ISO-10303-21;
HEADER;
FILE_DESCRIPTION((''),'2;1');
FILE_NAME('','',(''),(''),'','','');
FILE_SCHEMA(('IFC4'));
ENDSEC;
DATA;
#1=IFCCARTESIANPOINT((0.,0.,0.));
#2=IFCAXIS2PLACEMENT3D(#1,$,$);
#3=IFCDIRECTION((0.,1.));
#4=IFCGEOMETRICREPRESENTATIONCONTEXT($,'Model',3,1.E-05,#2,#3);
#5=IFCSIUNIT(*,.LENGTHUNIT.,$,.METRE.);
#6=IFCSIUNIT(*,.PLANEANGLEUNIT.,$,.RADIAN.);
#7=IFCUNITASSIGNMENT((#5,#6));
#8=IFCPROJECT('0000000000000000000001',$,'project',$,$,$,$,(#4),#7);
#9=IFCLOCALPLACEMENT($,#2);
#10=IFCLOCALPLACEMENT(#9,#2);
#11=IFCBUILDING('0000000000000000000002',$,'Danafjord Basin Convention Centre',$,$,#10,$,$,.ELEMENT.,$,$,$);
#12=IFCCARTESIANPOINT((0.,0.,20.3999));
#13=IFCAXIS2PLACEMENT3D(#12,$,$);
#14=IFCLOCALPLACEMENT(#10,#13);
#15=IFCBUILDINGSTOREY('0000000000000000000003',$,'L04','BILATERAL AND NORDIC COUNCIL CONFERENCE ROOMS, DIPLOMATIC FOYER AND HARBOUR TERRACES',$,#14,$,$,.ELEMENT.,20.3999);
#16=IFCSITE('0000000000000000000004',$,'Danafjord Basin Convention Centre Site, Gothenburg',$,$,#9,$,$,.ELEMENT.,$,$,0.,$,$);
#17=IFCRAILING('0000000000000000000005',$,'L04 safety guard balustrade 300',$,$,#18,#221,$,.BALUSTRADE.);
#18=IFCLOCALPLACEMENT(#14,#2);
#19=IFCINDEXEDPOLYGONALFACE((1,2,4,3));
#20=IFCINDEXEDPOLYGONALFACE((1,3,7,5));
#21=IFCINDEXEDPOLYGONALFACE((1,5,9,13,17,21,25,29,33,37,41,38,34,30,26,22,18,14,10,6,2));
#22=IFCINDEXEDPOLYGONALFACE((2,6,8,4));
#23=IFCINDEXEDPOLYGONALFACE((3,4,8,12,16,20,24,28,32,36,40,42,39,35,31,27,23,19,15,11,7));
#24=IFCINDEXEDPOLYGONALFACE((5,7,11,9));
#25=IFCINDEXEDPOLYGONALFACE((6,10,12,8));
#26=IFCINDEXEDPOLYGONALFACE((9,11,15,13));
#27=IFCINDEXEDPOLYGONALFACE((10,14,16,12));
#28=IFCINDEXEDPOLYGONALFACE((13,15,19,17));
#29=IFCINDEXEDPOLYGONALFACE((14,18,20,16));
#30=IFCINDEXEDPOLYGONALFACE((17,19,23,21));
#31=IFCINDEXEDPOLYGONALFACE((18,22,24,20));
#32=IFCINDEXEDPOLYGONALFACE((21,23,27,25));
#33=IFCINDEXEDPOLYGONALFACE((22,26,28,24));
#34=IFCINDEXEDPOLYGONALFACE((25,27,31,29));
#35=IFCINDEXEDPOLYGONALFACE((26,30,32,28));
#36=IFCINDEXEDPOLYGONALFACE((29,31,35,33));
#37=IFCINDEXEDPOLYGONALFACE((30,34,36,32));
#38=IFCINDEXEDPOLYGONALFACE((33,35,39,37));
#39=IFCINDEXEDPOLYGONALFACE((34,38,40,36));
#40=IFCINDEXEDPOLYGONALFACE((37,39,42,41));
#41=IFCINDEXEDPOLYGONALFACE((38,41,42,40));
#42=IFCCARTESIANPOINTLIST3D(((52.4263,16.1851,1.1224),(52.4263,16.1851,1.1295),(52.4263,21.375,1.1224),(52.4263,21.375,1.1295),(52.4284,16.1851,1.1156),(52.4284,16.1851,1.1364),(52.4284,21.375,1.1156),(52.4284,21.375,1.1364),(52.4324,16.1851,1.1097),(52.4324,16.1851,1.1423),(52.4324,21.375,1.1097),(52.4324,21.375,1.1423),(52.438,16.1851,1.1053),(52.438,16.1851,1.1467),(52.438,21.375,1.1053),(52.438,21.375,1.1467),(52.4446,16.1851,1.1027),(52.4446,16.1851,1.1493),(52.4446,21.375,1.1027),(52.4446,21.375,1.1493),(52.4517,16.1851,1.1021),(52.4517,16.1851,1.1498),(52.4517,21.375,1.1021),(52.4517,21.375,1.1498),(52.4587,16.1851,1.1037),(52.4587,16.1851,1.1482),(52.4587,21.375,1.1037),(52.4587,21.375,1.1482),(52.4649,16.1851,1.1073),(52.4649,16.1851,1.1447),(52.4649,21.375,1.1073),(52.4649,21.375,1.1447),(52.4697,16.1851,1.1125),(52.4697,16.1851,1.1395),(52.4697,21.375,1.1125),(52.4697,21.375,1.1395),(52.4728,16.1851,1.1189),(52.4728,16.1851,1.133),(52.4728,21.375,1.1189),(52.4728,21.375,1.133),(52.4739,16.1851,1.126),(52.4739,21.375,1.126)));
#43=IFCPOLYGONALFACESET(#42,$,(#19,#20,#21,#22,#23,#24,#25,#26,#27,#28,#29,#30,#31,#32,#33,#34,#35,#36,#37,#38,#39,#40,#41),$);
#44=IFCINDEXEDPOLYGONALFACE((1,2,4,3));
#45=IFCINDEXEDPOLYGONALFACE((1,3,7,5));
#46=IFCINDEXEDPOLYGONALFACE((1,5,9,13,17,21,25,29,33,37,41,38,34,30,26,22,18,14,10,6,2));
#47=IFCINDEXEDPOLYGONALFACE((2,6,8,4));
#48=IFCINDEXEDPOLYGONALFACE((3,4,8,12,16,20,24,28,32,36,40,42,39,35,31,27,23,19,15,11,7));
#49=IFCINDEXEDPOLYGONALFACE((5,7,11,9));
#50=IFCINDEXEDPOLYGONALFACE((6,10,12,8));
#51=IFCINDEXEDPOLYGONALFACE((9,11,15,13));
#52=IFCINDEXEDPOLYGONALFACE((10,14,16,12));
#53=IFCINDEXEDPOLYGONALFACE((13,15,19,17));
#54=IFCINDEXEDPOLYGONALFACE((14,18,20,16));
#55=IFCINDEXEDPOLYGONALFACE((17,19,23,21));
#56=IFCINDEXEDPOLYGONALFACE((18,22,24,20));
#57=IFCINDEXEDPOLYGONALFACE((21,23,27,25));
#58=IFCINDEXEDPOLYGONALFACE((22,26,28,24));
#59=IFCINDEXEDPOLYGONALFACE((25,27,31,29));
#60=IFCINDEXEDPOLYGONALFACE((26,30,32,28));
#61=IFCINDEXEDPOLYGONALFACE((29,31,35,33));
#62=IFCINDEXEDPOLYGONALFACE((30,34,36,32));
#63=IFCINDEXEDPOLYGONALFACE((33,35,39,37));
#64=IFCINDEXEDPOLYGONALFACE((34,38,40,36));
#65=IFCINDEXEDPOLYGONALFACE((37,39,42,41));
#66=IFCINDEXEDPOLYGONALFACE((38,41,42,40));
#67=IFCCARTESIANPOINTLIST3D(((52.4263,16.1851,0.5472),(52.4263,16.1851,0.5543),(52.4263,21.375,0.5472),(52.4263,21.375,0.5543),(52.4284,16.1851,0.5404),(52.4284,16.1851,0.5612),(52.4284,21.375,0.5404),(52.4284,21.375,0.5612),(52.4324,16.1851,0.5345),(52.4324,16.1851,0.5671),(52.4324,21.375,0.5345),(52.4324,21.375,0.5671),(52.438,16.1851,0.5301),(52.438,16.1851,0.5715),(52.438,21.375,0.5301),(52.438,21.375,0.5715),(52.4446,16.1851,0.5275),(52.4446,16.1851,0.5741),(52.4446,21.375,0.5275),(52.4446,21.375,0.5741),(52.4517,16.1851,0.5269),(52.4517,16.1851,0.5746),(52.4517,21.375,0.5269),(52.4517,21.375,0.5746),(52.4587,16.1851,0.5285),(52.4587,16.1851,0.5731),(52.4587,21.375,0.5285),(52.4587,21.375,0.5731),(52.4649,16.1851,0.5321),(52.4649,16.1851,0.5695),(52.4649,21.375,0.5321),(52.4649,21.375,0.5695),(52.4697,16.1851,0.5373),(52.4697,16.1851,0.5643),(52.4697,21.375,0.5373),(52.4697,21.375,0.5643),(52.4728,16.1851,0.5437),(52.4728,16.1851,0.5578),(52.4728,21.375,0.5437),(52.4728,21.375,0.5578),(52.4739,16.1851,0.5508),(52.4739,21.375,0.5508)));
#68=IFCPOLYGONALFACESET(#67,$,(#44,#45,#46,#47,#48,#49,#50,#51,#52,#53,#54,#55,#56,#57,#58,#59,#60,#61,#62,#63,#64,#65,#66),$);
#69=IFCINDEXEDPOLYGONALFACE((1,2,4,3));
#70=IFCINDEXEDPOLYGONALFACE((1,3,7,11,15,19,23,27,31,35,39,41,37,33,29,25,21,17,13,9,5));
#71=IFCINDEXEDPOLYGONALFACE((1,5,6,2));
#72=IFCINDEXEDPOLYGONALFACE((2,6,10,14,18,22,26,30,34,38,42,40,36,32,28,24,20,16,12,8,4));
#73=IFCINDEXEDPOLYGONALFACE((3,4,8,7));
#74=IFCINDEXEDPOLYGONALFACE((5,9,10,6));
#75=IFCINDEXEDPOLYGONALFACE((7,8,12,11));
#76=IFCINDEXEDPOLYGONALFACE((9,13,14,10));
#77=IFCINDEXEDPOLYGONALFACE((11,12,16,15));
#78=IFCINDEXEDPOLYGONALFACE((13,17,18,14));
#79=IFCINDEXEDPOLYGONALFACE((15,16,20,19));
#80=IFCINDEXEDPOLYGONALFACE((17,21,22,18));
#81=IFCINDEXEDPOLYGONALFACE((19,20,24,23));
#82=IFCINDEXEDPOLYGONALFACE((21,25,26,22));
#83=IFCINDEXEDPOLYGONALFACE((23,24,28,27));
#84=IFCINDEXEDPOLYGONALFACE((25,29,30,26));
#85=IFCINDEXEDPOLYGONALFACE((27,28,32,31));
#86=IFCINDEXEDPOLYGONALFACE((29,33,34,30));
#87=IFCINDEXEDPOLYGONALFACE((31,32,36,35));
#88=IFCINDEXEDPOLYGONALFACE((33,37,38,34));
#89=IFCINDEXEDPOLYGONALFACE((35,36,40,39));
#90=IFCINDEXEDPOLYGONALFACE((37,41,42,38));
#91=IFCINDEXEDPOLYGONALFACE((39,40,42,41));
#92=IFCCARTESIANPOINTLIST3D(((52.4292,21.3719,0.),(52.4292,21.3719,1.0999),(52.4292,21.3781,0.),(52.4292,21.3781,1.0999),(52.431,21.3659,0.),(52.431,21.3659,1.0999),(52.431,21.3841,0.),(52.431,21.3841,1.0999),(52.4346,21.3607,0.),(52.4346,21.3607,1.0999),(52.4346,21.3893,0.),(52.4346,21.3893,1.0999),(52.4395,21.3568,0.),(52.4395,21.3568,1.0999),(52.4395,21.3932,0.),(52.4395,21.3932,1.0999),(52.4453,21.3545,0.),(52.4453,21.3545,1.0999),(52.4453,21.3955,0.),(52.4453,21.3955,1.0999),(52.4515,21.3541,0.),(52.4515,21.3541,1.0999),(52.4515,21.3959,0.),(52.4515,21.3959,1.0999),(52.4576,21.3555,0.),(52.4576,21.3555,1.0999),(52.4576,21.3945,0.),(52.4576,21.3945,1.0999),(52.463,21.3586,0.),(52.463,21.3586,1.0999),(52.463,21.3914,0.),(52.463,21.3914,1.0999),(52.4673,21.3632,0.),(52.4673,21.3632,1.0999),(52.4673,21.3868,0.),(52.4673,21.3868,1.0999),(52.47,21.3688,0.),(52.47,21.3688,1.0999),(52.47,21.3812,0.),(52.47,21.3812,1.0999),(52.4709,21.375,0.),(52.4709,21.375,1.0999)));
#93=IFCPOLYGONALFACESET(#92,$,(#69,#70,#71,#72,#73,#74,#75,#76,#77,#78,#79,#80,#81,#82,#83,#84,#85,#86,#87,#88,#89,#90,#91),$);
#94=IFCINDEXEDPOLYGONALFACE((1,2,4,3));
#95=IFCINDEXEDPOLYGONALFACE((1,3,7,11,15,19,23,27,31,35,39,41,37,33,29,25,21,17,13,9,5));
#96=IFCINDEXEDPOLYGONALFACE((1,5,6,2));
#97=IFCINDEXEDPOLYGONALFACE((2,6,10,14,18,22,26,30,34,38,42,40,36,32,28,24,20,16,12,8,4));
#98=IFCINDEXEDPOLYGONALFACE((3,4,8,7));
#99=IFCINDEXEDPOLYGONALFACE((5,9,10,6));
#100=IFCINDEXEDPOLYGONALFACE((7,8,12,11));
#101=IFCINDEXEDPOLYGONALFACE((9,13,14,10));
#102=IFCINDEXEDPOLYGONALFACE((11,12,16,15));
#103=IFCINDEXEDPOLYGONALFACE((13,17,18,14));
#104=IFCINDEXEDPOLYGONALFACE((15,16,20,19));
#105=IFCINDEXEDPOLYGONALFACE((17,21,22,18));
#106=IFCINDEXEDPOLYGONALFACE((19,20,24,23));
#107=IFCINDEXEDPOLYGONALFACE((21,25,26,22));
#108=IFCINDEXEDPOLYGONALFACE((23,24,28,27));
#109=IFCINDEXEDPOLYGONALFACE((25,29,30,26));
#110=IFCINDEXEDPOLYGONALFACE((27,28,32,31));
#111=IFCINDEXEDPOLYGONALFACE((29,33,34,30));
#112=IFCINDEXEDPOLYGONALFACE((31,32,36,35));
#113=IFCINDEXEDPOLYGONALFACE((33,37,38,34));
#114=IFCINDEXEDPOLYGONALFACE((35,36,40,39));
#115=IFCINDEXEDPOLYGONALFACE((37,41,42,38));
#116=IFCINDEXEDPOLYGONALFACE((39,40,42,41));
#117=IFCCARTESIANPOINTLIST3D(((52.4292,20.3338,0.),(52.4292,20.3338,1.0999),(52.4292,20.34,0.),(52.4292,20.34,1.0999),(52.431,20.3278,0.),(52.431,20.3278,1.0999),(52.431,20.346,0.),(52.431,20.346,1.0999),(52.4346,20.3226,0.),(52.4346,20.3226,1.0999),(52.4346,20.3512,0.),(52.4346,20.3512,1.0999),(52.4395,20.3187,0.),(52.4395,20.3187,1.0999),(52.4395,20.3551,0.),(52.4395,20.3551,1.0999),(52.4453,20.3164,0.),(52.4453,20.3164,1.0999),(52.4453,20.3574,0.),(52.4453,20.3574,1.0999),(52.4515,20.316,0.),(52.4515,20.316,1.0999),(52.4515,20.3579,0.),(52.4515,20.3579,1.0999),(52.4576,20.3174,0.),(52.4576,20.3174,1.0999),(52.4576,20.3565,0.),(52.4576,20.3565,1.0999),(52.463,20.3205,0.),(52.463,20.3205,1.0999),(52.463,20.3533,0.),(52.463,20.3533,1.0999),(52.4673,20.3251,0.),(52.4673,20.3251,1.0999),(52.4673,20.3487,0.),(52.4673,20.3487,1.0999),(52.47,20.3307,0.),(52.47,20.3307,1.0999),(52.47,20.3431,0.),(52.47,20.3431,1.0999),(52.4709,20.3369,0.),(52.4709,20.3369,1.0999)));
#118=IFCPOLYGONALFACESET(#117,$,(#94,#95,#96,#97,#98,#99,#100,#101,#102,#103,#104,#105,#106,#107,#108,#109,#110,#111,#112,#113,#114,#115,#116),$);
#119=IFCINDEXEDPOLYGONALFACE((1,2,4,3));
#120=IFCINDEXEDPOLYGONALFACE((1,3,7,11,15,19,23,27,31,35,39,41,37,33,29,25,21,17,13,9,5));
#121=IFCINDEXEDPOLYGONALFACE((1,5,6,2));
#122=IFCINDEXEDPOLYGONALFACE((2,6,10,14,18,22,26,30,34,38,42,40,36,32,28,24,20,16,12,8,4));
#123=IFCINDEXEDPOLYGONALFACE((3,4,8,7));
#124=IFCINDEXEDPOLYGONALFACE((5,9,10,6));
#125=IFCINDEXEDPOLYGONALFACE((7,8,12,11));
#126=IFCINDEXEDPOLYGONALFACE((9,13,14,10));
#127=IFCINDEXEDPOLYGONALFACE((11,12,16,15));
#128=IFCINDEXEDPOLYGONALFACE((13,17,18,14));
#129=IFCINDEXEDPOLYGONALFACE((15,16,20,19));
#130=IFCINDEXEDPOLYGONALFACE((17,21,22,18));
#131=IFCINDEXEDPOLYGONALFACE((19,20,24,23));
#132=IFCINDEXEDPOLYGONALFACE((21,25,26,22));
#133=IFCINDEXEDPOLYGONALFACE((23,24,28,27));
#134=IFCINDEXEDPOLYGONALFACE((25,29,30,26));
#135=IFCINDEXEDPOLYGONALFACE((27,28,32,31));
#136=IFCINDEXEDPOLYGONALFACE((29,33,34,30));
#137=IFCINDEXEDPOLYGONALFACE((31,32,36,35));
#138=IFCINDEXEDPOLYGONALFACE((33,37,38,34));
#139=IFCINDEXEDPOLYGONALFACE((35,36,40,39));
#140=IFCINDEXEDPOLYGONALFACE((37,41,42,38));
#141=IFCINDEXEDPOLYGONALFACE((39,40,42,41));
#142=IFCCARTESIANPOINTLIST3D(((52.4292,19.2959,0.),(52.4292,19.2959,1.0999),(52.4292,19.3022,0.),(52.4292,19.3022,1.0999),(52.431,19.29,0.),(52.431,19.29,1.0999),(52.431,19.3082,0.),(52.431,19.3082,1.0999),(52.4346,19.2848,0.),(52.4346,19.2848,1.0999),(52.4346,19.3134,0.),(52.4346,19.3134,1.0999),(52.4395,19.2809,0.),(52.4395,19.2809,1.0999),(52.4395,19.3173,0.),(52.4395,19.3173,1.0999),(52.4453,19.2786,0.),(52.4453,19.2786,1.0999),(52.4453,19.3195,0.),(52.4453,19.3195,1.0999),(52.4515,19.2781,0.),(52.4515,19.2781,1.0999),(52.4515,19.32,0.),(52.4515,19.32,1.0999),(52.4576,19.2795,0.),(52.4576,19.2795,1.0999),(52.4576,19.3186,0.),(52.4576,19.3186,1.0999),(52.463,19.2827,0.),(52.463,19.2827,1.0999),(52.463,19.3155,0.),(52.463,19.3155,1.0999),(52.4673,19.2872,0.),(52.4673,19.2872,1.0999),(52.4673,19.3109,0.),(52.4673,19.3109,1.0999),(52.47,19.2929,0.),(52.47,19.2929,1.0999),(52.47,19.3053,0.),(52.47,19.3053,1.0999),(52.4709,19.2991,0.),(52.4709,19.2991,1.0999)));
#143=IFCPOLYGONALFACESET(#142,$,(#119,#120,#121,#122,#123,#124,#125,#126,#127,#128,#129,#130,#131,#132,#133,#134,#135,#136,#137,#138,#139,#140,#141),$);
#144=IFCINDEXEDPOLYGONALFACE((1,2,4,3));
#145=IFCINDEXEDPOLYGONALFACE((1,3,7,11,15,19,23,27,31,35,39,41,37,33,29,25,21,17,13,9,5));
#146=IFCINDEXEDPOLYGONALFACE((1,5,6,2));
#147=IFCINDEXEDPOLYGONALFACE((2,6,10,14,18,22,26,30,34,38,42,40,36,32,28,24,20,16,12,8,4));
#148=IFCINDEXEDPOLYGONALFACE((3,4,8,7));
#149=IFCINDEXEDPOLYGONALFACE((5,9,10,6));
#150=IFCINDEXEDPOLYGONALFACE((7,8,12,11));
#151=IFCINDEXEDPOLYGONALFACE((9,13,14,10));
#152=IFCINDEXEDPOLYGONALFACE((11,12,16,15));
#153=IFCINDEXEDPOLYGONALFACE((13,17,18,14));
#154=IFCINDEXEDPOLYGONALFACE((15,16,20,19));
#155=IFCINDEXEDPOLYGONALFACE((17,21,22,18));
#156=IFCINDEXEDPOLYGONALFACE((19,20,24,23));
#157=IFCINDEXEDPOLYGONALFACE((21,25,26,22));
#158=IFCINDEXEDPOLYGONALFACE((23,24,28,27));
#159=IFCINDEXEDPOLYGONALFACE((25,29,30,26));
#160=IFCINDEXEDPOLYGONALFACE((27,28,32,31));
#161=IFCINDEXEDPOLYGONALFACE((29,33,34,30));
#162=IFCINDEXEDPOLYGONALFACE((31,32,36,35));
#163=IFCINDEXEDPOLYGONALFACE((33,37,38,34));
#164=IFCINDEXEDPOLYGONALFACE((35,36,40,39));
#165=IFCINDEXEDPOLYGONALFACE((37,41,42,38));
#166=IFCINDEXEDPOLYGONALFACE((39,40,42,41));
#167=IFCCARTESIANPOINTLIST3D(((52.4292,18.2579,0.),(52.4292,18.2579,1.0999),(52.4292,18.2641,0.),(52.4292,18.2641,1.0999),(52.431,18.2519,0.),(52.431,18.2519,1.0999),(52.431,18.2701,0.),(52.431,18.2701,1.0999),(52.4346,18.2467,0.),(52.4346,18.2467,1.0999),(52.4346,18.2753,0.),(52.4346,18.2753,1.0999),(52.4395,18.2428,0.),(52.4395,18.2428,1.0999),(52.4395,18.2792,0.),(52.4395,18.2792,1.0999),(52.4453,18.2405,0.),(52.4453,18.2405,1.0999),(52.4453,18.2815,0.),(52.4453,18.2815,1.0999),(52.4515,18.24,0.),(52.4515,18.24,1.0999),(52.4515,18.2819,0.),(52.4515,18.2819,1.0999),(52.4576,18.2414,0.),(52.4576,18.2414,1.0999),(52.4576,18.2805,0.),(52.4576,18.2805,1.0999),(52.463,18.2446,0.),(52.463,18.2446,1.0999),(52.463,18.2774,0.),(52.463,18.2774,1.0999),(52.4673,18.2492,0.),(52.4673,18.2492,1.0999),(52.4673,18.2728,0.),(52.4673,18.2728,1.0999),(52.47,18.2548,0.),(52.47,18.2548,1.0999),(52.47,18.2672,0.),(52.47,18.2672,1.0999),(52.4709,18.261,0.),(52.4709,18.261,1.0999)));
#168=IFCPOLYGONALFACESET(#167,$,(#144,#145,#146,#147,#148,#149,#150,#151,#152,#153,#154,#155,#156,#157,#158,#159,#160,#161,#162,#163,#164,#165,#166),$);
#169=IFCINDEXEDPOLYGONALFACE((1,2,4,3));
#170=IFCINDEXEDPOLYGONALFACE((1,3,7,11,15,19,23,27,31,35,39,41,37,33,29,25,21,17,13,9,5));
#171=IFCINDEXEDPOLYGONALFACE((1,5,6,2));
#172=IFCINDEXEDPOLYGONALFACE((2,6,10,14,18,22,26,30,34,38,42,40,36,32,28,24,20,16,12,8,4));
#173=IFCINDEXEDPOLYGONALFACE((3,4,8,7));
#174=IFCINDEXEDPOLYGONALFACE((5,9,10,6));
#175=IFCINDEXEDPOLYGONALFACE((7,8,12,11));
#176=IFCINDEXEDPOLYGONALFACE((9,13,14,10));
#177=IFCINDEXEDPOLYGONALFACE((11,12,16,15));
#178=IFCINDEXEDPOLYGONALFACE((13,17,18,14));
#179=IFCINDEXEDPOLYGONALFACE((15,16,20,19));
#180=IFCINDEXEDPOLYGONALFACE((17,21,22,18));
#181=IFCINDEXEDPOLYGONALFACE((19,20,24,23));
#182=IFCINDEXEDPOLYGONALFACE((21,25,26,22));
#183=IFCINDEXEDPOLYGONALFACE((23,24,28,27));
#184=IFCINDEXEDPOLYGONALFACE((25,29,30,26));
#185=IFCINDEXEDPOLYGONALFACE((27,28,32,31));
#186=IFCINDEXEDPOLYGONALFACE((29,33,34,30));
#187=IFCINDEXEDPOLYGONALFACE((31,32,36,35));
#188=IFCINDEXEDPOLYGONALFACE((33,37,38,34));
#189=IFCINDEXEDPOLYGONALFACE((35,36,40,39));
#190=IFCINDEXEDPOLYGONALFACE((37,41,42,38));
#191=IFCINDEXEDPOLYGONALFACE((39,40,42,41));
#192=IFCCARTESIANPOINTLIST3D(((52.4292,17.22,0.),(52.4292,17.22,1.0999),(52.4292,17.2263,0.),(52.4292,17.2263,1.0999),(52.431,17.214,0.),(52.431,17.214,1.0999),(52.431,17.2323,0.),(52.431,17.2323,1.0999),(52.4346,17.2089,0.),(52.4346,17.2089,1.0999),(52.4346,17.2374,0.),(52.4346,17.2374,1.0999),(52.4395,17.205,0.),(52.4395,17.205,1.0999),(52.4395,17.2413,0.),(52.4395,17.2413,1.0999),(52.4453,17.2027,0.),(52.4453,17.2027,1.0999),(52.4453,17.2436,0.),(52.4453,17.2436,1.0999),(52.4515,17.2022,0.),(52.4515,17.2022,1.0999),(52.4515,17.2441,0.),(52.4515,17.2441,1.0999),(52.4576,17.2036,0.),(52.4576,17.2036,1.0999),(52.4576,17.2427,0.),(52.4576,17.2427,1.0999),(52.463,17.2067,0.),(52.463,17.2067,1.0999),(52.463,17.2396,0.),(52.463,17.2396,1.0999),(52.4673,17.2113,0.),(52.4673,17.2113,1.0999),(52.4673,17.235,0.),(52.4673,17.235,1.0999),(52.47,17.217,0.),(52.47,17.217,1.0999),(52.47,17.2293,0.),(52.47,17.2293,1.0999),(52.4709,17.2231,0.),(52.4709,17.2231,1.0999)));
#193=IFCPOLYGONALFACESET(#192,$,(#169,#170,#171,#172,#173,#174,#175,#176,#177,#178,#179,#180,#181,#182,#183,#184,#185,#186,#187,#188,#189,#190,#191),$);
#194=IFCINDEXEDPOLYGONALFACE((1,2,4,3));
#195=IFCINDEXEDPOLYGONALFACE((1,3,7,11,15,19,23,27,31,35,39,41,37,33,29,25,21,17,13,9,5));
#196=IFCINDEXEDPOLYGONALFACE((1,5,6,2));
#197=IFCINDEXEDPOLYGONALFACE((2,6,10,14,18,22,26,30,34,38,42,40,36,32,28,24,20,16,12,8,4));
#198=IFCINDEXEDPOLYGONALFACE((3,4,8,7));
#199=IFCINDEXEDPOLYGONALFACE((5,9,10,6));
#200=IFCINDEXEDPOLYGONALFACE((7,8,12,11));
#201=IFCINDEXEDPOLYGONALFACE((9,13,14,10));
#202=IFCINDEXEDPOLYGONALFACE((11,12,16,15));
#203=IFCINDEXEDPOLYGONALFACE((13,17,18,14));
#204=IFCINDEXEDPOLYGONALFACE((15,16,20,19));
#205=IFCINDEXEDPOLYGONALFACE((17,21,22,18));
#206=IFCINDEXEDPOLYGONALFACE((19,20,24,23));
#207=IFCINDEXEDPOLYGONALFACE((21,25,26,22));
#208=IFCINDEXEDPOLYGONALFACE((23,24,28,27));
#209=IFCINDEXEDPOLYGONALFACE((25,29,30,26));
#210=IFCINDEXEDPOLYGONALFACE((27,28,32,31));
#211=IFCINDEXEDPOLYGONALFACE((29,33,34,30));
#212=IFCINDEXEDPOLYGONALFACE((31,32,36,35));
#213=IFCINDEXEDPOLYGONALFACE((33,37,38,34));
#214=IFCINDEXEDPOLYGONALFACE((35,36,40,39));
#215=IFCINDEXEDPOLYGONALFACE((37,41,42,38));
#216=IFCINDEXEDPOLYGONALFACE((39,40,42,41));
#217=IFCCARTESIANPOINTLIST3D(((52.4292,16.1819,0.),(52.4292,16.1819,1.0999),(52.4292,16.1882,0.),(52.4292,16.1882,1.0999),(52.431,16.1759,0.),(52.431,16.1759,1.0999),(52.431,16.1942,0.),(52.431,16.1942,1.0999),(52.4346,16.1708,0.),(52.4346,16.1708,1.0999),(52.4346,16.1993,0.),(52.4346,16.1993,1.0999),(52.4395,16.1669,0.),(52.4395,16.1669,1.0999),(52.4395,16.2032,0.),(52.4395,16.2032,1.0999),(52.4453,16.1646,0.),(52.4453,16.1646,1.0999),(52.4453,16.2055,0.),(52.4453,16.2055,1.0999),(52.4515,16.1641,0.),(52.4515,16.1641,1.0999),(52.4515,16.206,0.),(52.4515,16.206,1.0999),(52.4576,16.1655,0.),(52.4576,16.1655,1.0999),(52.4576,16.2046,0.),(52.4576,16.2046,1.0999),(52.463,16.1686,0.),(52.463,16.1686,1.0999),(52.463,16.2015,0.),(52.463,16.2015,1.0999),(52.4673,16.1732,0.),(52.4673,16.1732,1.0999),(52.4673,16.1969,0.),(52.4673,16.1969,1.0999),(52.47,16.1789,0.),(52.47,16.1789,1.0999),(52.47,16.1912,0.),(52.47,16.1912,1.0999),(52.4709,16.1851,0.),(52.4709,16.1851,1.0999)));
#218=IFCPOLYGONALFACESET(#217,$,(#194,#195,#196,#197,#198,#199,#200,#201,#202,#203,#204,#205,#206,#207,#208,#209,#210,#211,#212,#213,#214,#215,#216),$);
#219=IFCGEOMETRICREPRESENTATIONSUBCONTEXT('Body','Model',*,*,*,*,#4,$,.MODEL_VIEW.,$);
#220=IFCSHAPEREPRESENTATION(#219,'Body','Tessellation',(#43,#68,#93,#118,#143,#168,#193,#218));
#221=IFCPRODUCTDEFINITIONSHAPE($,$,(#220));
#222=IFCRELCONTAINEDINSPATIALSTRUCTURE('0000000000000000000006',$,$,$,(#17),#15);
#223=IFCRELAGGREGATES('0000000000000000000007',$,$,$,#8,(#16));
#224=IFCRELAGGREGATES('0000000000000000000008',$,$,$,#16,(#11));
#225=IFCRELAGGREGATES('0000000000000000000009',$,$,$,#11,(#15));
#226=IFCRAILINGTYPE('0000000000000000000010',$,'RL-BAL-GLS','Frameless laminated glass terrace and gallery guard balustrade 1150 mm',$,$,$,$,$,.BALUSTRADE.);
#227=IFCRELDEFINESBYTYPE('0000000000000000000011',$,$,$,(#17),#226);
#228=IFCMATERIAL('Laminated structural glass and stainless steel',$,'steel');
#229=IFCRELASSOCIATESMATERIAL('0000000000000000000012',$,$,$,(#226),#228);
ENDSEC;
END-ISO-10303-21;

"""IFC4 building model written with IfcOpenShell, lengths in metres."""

from ifc_helpers import new_model, si_unit, direction, frame, origin, origin_2d, place, context, subcontext, project, spatial, circle, extrude, material, type_object, element, save


model = new_model("IFC4")

# Units and contexts
model_context = context("Model", 3, precision=1e-05, world=origin(), true_north=direction((0.0, 1.0)))
body_context = subcontext(model_context, "Body", "Model", "MODEL_VIEW")
ifc_project = project(units=[si_unit("LENGTHUNIT", "METRE"), si_unit("PLANEANGLEUNIT", "RADIAN")], contexts=[model_context])

# Site, building, storey
site_placement = place(None, origin())
site = spatial("IfcSite", under=ifc_project, at=site_placement, Name="Danafjord Basin Convention Centre Site, Gothenburg", CompositionType="ELEMENT", RefElevation=0.0)
building_placement = place(site_placement, origin())
building = spatial("IfcBuilding", under=site, at=building_placement, Name="Danafjord Basin Convention Centre", CompositionType="ELEMENT")
storey_placement = place(building_placement, frame((0.0, 0.0, 20.3999)))
storey = spatial("IfcBuildingStorey", under=building, at=storey_placement, Name="L04", Description="BILATERAL AND NORDIC COUNCIL CONFERENCE ROOMS, DIPLOMATIC FOYER AND HARBOUR TERRACES", CompositionType="ELEMENT", Elevation=20.3999)

# Railing
ifc_material_1 = material(Name="Laminated structural glass and stainless steel", Category="steel")
railing_type_1 = type_object("IfcRailingType", Name="RL-BAL-GLS", Description="Frameless laminated glass terrace and gallery guard balustrade 1150 mm", PredefinedType="BALUSTRADE", material=ifc_material_1)
railing_1_placement = place(storey_placement, frame((52.45, 21.375, 0.0)))
element("IfcRailing", 1, at=railing_1_placement, inside=storey, type_object=railing_type_1, Name="L04 safety guard balustrade 300", PredefinedType="BALUSTRADE", context=body_context, shape_type="SweptSolid", body=[
    extrude(circle(Radius=0.0239, at=origin_2d()), frame((0.0, 0.0, 1.126), z_axis=(0.0, -1.0, 0.0), x_axis=(1.0, 0.0, 0.0)), (0.0, 0.0, 1.0), 5.1899),
    extrude(circle(Radius=0.0239, at=origin_2d()), frame((0.0, 0.0, 0.5508), z_axis=(0.0, -1.0, 0.0), x_axis=(1.0, 0.0, 0.0)), (0.0, 0.0, 1.0), 5.1899),
    extrude(circle(Radius=0.021, at=origin_2d()), origin(), (0.0, 0.0, 1.0), 1.0999),
    extrude(circle(Radius=0.021, at=origin_2d()), frame((0.0, -1.0381, 0.0)), (0.0, 0.0, 1.0), 1.0999),
    extrude(circle(Radius=0.021, at=origin_2d()), frame((0.0, -2.0759, 0.0)), (0.0, 0.0, 1.0), 1.0999),
    extrude(circle(Radius=0.021, at=origin_2d()), frame((0.0, -3.114, 0.0)), (0.0, 0.0, 1.0), 1.0999),
    extrude(circle(Radius=0.021, at=origin_2d()), frame((0.0, -4.1519, 0.0)), (0.0, 0.0, 1.0), 1.0999),
    extrude(circle(Radius=0.021, at=origin_2d()), frame((0.0, -5.1899, 0.0)), (0.0, 0.0, 1.0), 1.0999),
])

save(model, "model.ifc")
